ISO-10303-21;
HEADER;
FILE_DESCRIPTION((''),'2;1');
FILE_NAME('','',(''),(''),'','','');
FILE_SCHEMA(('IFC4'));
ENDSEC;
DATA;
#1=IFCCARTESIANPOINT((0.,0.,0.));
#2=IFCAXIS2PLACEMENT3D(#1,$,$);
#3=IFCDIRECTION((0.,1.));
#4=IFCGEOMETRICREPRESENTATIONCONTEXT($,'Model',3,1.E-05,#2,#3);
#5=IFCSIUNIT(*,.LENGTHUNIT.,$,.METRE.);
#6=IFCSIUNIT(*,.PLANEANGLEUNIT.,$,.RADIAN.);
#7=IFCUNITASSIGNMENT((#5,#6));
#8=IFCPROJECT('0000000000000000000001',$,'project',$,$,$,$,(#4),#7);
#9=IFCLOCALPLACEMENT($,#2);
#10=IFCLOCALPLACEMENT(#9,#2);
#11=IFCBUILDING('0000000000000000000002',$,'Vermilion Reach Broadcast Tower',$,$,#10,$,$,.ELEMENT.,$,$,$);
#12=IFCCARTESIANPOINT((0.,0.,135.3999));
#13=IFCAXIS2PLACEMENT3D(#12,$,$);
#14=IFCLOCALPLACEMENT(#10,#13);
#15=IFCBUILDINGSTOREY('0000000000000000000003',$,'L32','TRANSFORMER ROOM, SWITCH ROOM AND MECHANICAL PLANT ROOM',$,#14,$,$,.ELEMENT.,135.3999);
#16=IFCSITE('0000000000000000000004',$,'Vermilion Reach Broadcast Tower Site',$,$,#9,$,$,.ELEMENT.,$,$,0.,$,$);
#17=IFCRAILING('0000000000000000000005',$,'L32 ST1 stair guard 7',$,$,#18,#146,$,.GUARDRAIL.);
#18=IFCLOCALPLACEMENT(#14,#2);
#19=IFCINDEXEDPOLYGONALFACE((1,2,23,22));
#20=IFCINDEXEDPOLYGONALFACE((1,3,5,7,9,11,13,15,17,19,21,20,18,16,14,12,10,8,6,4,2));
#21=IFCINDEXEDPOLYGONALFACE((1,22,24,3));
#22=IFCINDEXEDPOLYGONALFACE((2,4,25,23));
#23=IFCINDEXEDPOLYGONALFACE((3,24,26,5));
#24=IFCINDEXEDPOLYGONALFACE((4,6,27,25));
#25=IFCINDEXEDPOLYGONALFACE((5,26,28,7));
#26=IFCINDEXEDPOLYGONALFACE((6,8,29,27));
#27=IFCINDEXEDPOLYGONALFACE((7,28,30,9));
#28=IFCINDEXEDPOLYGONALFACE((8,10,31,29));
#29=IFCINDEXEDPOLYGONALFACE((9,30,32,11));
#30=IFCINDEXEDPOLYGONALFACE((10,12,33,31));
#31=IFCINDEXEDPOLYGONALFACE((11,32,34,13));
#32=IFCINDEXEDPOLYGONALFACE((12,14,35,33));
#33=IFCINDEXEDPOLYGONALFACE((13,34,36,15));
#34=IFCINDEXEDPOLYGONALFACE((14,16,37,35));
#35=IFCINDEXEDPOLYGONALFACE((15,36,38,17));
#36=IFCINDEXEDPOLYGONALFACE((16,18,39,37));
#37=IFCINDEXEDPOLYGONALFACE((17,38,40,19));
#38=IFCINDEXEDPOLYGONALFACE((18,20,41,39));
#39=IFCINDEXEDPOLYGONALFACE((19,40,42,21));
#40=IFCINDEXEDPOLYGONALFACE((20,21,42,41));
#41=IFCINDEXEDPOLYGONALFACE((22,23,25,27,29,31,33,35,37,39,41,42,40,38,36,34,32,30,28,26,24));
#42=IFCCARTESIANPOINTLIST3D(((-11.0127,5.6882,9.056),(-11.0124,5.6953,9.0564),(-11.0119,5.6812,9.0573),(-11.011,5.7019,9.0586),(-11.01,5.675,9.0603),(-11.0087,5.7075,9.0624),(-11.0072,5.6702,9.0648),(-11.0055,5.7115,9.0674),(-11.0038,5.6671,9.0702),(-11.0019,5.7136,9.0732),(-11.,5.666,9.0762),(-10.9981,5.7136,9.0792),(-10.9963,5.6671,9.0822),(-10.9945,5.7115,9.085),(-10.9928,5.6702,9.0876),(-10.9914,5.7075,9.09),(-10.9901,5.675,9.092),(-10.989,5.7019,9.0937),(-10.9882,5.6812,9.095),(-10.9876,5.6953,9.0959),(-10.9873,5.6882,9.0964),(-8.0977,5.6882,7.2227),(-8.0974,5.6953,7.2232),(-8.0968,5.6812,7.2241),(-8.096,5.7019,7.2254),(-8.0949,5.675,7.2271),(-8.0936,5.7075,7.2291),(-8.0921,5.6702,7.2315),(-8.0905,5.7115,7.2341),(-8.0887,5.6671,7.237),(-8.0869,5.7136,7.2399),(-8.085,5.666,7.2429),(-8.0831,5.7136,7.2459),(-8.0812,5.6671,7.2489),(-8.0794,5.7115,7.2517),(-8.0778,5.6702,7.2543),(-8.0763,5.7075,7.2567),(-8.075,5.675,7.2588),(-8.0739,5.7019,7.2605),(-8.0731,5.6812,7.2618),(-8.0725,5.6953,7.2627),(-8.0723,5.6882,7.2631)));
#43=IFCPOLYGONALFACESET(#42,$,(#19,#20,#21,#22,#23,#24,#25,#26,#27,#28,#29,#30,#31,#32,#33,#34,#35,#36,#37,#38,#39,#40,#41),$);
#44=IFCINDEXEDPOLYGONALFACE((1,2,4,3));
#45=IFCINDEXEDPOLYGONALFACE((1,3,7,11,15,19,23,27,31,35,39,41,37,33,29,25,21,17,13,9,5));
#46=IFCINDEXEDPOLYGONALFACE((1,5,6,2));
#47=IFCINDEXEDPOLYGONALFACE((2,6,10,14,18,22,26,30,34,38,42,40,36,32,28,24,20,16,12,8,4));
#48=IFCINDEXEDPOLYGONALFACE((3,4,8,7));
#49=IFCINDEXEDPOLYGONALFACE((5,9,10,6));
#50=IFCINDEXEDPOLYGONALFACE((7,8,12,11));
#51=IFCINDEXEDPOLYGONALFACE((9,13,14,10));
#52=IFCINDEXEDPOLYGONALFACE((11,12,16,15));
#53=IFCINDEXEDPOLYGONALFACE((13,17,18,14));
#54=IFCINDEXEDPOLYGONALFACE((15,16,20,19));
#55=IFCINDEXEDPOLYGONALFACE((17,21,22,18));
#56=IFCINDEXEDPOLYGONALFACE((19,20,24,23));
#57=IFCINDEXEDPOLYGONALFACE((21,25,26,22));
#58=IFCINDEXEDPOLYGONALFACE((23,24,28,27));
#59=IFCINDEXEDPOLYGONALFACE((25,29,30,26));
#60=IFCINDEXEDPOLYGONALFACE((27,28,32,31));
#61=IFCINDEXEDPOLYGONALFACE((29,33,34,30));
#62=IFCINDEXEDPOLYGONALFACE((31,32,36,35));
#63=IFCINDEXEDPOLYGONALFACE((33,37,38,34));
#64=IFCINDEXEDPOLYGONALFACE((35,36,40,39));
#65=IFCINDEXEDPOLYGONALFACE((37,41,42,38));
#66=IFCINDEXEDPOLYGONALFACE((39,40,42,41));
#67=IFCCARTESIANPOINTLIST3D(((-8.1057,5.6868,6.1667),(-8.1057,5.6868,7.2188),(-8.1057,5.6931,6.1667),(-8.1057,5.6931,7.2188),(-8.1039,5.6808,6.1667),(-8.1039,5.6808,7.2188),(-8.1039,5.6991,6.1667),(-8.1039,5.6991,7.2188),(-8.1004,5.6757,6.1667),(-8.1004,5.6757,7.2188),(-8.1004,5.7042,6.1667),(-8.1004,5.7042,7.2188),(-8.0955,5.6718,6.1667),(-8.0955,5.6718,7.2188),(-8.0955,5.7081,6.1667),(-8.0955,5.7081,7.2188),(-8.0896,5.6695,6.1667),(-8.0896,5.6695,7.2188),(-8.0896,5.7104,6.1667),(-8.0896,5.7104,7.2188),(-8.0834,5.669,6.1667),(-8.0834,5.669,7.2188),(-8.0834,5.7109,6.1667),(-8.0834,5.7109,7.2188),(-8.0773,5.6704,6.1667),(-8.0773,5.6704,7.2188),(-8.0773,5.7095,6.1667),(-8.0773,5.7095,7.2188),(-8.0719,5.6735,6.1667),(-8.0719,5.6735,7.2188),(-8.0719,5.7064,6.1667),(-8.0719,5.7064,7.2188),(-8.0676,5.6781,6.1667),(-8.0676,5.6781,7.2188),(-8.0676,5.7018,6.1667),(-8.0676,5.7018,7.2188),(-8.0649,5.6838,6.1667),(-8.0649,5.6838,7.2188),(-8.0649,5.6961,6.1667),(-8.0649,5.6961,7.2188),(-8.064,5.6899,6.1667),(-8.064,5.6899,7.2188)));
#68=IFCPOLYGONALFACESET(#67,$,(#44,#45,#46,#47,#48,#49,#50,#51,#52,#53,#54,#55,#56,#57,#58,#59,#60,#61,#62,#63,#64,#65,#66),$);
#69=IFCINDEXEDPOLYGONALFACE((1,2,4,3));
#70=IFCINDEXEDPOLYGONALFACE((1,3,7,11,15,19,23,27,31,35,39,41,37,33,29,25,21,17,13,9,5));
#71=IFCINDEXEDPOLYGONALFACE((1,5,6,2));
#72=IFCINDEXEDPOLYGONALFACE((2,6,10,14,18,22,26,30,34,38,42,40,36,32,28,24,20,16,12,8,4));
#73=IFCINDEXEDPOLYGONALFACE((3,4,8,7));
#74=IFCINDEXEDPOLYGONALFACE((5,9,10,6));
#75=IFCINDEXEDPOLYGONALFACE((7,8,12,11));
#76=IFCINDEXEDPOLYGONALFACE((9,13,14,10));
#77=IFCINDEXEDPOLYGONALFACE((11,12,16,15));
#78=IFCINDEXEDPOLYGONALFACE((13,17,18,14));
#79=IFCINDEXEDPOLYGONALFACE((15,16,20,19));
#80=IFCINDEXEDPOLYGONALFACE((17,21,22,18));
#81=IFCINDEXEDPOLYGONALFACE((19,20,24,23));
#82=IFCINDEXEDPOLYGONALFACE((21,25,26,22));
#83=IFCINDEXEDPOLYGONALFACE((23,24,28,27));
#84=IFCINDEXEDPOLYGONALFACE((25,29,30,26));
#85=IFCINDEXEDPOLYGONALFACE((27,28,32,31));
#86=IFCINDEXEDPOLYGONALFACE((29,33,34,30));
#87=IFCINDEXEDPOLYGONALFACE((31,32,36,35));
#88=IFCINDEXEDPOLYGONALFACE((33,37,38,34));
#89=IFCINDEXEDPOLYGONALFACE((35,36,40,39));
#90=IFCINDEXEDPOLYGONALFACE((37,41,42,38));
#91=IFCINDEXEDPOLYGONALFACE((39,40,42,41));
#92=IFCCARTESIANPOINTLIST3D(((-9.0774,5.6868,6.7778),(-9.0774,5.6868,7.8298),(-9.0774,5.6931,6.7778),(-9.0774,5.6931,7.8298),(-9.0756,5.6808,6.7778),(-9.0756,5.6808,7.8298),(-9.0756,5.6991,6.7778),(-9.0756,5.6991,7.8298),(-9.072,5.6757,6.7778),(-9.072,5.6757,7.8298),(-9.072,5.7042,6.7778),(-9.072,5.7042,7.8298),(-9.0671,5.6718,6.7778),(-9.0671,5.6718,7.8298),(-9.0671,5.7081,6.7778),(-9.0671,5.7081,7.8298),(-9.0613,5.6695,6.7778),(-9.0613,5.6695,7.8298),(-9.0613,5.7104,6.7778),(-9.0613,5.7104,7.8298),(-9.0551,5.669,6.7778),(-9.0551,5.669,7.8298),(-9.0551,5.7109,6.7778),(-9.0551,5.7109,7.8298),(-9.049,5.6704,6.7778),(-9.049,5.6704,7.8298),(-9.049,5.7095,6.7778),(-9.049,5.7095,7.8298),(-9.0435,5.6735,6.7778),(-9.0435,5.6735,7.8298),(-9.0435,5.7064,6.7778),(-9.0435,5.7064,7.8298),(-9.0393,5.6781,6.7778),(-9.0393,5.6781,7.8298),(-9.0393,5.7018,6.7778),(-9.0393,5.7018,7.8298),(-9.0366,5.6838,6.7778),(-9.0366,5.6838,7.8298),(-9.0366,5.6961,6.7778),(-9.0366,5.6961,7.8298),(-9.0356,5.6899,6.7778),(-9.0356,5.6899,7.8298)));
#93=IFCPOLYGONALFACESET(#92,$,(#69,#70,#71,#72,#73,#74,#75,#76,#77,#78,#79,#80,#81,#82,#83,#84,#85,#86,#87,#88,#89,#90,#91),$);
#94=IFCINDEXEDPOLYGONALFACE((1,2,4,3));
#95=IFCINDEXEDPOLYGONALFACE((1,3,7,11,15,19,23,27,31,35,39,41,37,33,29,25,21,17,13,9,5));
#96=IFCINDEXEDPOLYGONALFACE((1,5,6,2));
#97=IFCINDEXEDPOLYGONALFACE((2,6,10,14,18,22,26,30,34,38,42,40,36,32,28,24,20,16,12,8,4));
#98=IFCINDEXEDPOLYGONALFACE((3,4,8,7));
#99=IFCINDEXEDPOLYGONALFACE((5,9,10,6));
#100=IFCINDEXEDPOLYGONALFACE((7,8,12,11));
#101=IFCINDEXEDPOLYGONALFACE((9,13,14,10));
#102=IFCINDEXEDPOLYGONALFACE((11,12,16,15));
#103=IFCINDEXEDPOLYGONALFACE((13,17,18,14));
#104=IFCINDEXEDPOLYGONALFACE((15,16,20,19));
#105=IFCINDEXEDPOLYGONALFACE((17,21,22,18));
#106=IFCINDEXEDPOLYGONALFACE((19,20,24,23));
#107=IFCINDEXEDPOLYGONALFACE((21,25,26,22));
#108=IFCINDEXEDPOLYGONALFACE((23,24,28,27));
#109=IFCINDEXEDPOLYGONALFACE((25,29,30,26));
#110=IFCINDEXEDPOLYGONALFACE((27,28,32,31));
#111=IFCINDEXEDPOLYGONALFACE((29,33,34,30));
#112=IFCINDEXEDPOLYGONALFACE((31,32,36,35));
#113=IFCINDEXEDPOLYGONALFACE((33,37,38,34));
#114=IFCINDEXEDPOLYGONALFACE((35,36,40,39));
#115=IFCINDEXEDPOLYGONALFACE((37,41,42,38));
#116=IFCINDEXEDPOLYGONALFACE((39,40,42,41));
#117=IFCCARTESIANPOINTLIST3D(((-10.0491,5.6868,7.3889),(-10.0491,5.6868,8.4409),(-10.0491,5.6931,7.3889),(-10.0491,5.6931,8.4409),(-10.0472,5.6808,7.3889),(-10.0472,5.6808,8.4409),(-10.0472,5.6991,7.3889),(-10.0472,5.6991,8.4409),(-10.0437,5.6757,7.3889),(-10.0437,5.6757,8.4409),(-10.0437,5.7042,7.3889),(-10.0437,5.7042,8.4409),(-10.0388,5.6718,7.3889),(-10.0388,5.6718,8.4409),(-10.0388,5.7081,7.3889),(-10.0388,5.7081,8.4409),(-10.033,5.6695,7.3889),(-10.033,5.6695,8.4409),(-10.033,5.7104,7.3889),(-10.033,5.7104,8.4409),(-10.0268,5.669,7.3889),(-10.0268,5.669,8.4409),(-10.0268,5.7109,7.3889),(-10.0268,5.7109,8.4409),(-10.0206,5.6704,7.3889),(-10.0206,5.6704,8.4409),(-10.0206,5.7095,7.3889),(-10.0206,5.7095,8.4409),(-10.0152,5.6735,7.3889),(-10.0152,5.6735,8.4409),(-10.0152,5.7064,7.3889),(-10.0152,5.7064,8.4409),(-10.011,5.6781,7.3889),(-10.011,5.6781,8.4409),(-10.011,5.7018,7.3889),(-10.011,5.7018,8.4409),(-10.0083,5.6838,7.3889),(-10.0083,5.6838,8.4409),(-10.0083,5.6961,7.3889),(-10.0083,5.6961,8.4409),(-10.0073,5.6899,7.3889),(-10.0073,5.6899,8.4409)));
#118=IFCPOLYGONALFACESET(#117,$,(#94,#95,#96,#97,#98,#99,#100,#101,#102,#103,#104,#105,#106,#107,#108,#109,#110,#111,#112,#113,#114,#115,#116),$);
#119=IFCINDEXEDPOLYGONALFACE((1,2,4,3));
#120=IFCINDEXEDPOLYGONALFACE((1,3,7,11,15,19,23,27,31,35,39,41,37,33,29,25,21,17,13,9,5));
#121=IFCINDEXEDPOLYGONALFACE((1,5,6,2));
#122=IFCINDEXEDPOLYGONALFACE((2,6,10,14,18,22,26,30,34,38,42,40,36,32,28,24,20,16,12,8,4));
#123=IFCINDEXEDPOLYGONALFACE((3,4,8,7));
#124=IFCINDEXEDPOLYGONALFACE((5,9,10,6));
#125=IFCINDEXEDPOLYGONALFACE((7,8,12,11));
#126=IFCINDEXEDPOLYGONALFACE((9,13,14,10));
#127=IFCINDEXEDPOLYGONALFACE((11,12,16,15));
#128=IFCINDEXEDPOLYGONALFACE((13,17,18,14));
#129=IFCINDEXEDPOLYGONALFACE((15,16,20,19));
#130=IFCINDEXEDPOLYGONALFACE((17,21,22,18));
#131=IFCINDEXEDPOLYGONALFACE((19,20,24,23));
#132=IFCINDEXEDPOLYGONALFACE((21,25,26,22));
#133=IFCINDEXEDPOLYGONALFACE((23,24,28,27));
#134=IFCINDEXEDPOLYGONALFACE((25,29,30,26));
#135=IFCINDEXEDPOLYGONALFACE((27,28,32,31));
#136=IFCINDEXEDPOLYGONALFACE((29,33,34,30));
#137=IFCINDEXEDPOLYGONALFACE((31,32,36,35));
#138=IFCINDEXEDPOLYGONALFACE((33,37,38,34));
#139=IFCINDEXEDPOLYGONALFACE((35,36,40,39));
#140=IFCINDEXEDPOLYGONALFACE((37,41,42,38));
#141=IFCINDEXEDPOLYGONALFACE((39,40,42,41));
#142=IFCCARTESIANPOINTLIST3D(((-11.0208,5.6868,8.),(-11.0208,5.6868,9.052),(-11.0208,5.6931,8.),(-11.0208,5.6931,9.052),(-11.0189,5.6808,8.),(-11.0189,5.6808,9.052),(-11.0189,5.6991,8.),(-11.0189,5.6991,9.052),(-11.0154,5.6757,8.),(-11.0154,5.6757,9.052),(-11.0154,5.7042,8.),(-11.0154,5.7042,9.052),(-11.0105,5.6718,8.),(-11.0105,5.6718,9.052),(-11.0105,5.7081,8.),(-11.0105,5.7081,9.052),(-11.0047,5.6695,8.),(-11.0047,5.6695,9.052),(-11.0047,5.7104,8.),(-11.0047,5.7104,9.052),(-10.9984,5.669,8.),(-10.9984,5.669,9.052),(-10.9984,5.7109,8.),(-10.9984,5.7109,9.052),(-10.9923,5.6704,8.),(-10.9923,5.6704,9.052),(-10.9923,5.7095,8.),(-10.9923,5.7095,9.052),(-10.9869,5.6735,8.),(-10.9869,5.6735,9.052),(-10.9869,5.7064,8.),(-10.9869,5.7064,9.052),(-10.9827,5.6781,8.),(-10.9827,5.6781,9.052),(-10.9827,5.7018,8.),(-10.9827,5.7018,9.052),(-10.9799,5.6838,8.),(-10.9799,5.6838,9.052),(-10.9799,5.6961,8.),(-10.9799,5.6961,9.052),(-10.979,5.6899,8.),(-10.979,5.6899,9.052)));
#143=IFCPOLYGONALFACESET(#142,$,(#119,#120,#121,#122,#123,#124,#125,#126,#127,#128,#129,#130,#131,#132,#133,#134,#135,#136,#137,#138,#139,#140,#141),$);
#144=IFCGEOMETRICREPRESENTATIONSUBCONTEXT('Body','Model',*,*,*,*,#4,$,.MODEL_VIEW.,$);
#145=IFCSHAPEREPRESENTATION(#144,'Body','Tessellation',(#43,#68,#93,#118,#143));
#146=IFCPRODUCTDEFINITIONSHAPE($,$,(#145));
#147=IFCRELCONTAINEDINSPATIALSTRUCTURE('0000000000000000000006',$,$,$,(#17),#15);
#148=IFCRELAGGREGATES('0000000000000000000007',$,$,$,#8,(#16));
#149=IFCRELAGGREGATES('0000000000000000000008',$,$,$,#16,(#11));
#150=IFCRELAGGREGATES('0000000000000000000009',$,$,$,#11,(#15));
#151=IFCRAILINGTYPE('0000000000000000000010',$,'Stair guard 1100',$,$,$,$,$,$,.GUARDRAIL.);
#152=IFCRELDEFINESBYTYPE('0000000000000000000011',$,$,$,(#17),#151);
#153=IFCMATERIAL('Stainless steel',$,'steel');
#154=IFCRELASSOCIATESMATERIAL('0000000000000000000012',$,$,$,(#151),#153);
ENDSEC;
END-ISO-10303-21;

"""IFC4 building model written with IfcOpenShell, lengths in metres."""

from ifc_helpers import new_model, si_unit, direction, frame, origin, origin_2d, place, context, subcontext, project, spatial, circle, extrude, material, type_object, element, save


model = new_model("IFC4")

# Units and contexts
model_context = context("Model", 3, precision=1e-05, world=origin(), true_north=direction((0.0, 1.0)))
body_context = subcontext(model_context, "Body", "Model", "MODEL_VIEW")
ifc_project = project(units=[si_unit("LENGTHUNIT", "METRE"), si_unit("PLANEANGLEUNIT", "RADIAN")], contexts=[model_context])

# Site, building, storey
site_placement = place(None, origin())
site = spatial("IfcSite", under=ifc_project, at=site_placement, Name="Vermilion Reach Broadcast Tower Site", CompositionType="ELEMENT", RefElevation=0.0)
building_placement = place(site_placement, origin())
building = spatial("IfcBuilding", under=site, at=building_placement, Name="Vermilion Reach Broadcast Tower", CompositionType="ELEMENT")
storey_placement = place(building_placement, frame((0.0, 0.0, 135.3999)))
storey = spatial("IfcBuildingStorey", under=building, at=storey_placement, Name="L32", Description="TRANSFORMER ROOM, SWITCH ROOM AND MECHANICAL PLANT ROOM", CompositionType="ELEMENT", Elevation=135.3999)

# Railing
ifc_material_1 = material(Name="Stainless steel", Category="steel")
railing_type_1 = type_object("IfcRailingType", Name="Stair guard 1100", PredefinedType="GUARDRAIL", material=ifc_material_1)
railing_1_placement = place(storey_placement, frame((-8.085, 5.6899, 6.1667)))
element("IfcRailing", 1, at=railing_1_placement, inside=storey, type_object=railing_type_1, Name="L32 ST1 stair guard 7", PredefinedType="GUARDRAIL", context=body_context, shape_type="SweptSolid", body=[
    extrude(circle(Radius=0.0239, at=origin_2d()), frame((0.0, 0.0, 1.0762), z_axis=(-0.846513, 0.0, 0.532368), x_axis=(0.0, -1.0, 0.0)), (0.0, 0.0, 1.0), 3.4436),
    extrude(circle(Radius=0.021, at=origin_2d()), origin(), (0.0, 0.0, 1.0), 1.052),
    extrude(circle(Radius=0.021, at=origin_2d()), frame((-0.9717, 0.0, 0.6111)), (0.0, 0.0, 1.0), 1.052),
    extrude(circle(Radius=0.021, at=origin_2d()), frame((-1.9434, 0.0, 1.2222)), (0.0, 0.0, 1.0), 1.052),
    extrude(circle(Radius=0.021, at=origin_2d()), frame((-2.915, 0.0, 1.8333)), (0.0, 0.0, 1.0), 1.052),
])

save(model, "model.ifc")
